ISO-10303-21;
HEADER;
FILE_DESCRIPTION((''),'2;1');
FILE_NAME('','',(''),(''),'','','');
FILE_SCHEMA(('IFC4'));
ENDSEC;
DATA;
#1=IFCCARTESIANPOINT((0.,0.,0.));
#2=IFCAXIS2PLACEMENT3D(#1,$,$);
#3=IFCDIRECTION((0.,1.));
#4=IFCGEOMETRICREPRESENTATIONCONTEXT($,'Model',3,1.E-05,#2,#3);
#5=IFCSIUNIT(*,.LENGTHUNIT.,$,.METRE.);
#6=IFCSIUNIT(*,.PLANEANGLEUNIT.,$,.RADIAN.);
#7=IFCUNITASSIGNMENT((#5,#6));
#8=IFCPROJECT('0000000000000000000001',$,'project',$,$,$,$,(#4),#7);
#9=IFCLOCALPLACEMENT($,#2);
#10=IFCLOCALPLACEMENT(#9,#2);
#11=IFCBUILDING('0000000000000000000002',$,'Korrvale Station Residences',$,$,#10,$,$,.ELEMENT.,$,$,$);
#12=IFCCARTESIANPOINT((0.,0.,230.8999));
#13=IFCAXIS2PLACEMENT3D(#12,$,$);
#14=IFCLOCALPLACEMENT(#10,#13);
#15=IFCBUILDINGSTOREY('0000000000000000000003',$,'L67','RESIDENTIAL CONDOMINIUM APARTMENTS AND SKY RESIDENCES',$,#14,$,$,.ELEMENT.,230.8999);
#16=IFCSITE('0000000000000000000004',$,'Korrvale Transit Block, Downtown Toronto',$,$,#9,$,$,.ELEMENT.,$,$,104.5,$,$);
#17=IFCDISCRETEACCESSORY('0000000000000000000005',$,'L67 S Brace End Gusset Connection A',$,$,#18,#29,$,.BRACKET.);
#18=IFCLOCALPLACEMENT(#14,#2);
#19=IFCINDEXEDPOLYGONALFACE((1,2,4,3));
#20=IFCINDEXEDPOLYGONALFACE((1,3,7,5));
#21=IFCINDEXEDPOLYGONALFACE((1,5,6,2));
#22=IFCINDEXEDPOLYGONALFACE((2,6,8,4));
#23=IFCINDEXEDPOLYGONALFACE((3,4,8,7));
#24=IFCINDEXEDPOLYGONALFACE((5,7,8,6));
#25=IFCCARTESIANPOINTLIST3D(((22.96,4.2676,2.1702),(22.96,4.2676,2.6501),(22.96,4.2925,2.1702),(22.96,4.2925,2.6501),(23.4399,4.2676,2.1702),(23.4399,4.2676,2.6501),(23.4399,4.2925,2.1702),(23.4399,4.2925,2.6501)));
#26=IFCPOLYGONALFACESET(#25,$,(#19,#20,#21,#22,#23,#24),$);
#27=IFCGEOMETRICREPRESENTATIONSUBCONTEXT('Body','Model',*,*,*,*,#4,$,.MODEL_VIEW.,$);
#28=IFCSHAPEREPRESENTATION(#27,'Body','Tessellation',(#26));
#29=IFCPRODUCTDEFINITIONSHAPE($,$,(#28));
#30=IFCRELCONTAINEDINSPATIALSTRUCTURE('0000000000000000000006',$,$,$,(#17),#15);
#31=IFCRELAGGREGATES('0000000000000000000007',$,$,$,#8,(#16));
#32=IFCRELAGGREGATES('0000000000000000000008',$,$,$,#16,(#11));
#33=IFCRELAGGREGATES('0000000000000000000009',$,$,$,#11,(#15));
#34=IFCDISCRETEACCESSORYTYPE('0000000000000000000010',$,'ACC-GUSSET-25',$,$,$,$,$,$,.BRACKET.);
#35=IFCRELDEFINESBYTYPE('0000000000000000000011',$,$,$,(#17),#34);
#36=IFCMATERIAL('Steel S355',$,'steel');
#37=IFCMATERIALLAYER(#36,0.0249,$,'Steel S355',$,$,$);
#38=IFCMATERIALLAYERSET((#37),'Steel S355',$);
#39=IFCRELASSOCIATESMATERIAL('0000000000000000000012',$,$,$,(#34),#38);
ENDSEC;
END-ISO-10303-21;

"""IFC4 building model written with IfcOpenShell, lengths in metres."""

from ifc_helpers import new_model, si_unit, direction, frame, origin, origin_2d, place, context, subcontext, project, spatial, rectangle, extrude, material, layer, layer_set, type_object, element, save


model = new_model("IFC4")

# Units and contexts
model_context = context("Model", 3, precision=1e-05, world=origin(), true_north=direction((0.0, 1.0)))
body_context = subcontext(model_context, "Body", "Model", "MODEL_VIEW")
ifc_project = project(units=[si_unit("LENGTHUNIT", "METRE"), si_unit("PLANEANGLEUNIT", "RADIAN")], contexts=[model_context])

# Site, building, storey
site_placement = place(None, origin())
site = spatial("IfcSite", under=ifc_project, at=site_placement, Name="Korrvale Transit Block, Downtown Toronto", CompositionType="ELEMENT", RefElevation=104.5)
building_placement = place(site_placement, origin())
building = spatial("IfcBuilding", under=site, at=building_placement, Name="Korrvale Station Residences", CompositionType="ELEMENT")
storey_placement = place(building_placement, frame((0.0, 0.0, 230.8999)))
storey = spatial("IfcBuildingStorey", under=building, at=storey_placement, Name="L67", Description="RESIDENTIAL CONDOMINIUM APARTMENTS AND SKY RESIDENCES", CompositionType="ELEMENT", Elevation=230.8999)

# Shared definitions
ifc_material_1 = material(Name="Steel S355", Category="steel")

# Discrete accessory
ifc_layer_1 = layer(ifc_material_1, 0.0249, Name="Steel S355")
ifc_layer_set_1 = layer_set([ifc_layer_1], Name="Steel S355")
discrete_accessory_type = type_object("IfcDiscreteAccessoryType", Name="ACC-GUSSET-25", PredefinedType="BRACKET", material=ifc_layer_set_1)
discrete_accessory_placement = place(storey_placement, frame((23.2, 4.28, 2.1702), z_axis=(0.0, 0.0, 1.0), x_axis=(1.0, 0.0, 0.0)))
element("IfcDiscreteAccessory", 1, at=discrete_accessory_placement, inside=storey, type_object=discrete_accessory_type, Name="L67 S Brace End Gusset Connection A", PredefinedType="BRACKET", context=body_context, shape_type="SweptSolid", body=[
    extrude(rectangle(XDim=0.48, YDim=0.0249, at=origin_2d()), origin(), (0.0, 0.0, 1.0), 0.48),
])

save(model, "model.ifc")
